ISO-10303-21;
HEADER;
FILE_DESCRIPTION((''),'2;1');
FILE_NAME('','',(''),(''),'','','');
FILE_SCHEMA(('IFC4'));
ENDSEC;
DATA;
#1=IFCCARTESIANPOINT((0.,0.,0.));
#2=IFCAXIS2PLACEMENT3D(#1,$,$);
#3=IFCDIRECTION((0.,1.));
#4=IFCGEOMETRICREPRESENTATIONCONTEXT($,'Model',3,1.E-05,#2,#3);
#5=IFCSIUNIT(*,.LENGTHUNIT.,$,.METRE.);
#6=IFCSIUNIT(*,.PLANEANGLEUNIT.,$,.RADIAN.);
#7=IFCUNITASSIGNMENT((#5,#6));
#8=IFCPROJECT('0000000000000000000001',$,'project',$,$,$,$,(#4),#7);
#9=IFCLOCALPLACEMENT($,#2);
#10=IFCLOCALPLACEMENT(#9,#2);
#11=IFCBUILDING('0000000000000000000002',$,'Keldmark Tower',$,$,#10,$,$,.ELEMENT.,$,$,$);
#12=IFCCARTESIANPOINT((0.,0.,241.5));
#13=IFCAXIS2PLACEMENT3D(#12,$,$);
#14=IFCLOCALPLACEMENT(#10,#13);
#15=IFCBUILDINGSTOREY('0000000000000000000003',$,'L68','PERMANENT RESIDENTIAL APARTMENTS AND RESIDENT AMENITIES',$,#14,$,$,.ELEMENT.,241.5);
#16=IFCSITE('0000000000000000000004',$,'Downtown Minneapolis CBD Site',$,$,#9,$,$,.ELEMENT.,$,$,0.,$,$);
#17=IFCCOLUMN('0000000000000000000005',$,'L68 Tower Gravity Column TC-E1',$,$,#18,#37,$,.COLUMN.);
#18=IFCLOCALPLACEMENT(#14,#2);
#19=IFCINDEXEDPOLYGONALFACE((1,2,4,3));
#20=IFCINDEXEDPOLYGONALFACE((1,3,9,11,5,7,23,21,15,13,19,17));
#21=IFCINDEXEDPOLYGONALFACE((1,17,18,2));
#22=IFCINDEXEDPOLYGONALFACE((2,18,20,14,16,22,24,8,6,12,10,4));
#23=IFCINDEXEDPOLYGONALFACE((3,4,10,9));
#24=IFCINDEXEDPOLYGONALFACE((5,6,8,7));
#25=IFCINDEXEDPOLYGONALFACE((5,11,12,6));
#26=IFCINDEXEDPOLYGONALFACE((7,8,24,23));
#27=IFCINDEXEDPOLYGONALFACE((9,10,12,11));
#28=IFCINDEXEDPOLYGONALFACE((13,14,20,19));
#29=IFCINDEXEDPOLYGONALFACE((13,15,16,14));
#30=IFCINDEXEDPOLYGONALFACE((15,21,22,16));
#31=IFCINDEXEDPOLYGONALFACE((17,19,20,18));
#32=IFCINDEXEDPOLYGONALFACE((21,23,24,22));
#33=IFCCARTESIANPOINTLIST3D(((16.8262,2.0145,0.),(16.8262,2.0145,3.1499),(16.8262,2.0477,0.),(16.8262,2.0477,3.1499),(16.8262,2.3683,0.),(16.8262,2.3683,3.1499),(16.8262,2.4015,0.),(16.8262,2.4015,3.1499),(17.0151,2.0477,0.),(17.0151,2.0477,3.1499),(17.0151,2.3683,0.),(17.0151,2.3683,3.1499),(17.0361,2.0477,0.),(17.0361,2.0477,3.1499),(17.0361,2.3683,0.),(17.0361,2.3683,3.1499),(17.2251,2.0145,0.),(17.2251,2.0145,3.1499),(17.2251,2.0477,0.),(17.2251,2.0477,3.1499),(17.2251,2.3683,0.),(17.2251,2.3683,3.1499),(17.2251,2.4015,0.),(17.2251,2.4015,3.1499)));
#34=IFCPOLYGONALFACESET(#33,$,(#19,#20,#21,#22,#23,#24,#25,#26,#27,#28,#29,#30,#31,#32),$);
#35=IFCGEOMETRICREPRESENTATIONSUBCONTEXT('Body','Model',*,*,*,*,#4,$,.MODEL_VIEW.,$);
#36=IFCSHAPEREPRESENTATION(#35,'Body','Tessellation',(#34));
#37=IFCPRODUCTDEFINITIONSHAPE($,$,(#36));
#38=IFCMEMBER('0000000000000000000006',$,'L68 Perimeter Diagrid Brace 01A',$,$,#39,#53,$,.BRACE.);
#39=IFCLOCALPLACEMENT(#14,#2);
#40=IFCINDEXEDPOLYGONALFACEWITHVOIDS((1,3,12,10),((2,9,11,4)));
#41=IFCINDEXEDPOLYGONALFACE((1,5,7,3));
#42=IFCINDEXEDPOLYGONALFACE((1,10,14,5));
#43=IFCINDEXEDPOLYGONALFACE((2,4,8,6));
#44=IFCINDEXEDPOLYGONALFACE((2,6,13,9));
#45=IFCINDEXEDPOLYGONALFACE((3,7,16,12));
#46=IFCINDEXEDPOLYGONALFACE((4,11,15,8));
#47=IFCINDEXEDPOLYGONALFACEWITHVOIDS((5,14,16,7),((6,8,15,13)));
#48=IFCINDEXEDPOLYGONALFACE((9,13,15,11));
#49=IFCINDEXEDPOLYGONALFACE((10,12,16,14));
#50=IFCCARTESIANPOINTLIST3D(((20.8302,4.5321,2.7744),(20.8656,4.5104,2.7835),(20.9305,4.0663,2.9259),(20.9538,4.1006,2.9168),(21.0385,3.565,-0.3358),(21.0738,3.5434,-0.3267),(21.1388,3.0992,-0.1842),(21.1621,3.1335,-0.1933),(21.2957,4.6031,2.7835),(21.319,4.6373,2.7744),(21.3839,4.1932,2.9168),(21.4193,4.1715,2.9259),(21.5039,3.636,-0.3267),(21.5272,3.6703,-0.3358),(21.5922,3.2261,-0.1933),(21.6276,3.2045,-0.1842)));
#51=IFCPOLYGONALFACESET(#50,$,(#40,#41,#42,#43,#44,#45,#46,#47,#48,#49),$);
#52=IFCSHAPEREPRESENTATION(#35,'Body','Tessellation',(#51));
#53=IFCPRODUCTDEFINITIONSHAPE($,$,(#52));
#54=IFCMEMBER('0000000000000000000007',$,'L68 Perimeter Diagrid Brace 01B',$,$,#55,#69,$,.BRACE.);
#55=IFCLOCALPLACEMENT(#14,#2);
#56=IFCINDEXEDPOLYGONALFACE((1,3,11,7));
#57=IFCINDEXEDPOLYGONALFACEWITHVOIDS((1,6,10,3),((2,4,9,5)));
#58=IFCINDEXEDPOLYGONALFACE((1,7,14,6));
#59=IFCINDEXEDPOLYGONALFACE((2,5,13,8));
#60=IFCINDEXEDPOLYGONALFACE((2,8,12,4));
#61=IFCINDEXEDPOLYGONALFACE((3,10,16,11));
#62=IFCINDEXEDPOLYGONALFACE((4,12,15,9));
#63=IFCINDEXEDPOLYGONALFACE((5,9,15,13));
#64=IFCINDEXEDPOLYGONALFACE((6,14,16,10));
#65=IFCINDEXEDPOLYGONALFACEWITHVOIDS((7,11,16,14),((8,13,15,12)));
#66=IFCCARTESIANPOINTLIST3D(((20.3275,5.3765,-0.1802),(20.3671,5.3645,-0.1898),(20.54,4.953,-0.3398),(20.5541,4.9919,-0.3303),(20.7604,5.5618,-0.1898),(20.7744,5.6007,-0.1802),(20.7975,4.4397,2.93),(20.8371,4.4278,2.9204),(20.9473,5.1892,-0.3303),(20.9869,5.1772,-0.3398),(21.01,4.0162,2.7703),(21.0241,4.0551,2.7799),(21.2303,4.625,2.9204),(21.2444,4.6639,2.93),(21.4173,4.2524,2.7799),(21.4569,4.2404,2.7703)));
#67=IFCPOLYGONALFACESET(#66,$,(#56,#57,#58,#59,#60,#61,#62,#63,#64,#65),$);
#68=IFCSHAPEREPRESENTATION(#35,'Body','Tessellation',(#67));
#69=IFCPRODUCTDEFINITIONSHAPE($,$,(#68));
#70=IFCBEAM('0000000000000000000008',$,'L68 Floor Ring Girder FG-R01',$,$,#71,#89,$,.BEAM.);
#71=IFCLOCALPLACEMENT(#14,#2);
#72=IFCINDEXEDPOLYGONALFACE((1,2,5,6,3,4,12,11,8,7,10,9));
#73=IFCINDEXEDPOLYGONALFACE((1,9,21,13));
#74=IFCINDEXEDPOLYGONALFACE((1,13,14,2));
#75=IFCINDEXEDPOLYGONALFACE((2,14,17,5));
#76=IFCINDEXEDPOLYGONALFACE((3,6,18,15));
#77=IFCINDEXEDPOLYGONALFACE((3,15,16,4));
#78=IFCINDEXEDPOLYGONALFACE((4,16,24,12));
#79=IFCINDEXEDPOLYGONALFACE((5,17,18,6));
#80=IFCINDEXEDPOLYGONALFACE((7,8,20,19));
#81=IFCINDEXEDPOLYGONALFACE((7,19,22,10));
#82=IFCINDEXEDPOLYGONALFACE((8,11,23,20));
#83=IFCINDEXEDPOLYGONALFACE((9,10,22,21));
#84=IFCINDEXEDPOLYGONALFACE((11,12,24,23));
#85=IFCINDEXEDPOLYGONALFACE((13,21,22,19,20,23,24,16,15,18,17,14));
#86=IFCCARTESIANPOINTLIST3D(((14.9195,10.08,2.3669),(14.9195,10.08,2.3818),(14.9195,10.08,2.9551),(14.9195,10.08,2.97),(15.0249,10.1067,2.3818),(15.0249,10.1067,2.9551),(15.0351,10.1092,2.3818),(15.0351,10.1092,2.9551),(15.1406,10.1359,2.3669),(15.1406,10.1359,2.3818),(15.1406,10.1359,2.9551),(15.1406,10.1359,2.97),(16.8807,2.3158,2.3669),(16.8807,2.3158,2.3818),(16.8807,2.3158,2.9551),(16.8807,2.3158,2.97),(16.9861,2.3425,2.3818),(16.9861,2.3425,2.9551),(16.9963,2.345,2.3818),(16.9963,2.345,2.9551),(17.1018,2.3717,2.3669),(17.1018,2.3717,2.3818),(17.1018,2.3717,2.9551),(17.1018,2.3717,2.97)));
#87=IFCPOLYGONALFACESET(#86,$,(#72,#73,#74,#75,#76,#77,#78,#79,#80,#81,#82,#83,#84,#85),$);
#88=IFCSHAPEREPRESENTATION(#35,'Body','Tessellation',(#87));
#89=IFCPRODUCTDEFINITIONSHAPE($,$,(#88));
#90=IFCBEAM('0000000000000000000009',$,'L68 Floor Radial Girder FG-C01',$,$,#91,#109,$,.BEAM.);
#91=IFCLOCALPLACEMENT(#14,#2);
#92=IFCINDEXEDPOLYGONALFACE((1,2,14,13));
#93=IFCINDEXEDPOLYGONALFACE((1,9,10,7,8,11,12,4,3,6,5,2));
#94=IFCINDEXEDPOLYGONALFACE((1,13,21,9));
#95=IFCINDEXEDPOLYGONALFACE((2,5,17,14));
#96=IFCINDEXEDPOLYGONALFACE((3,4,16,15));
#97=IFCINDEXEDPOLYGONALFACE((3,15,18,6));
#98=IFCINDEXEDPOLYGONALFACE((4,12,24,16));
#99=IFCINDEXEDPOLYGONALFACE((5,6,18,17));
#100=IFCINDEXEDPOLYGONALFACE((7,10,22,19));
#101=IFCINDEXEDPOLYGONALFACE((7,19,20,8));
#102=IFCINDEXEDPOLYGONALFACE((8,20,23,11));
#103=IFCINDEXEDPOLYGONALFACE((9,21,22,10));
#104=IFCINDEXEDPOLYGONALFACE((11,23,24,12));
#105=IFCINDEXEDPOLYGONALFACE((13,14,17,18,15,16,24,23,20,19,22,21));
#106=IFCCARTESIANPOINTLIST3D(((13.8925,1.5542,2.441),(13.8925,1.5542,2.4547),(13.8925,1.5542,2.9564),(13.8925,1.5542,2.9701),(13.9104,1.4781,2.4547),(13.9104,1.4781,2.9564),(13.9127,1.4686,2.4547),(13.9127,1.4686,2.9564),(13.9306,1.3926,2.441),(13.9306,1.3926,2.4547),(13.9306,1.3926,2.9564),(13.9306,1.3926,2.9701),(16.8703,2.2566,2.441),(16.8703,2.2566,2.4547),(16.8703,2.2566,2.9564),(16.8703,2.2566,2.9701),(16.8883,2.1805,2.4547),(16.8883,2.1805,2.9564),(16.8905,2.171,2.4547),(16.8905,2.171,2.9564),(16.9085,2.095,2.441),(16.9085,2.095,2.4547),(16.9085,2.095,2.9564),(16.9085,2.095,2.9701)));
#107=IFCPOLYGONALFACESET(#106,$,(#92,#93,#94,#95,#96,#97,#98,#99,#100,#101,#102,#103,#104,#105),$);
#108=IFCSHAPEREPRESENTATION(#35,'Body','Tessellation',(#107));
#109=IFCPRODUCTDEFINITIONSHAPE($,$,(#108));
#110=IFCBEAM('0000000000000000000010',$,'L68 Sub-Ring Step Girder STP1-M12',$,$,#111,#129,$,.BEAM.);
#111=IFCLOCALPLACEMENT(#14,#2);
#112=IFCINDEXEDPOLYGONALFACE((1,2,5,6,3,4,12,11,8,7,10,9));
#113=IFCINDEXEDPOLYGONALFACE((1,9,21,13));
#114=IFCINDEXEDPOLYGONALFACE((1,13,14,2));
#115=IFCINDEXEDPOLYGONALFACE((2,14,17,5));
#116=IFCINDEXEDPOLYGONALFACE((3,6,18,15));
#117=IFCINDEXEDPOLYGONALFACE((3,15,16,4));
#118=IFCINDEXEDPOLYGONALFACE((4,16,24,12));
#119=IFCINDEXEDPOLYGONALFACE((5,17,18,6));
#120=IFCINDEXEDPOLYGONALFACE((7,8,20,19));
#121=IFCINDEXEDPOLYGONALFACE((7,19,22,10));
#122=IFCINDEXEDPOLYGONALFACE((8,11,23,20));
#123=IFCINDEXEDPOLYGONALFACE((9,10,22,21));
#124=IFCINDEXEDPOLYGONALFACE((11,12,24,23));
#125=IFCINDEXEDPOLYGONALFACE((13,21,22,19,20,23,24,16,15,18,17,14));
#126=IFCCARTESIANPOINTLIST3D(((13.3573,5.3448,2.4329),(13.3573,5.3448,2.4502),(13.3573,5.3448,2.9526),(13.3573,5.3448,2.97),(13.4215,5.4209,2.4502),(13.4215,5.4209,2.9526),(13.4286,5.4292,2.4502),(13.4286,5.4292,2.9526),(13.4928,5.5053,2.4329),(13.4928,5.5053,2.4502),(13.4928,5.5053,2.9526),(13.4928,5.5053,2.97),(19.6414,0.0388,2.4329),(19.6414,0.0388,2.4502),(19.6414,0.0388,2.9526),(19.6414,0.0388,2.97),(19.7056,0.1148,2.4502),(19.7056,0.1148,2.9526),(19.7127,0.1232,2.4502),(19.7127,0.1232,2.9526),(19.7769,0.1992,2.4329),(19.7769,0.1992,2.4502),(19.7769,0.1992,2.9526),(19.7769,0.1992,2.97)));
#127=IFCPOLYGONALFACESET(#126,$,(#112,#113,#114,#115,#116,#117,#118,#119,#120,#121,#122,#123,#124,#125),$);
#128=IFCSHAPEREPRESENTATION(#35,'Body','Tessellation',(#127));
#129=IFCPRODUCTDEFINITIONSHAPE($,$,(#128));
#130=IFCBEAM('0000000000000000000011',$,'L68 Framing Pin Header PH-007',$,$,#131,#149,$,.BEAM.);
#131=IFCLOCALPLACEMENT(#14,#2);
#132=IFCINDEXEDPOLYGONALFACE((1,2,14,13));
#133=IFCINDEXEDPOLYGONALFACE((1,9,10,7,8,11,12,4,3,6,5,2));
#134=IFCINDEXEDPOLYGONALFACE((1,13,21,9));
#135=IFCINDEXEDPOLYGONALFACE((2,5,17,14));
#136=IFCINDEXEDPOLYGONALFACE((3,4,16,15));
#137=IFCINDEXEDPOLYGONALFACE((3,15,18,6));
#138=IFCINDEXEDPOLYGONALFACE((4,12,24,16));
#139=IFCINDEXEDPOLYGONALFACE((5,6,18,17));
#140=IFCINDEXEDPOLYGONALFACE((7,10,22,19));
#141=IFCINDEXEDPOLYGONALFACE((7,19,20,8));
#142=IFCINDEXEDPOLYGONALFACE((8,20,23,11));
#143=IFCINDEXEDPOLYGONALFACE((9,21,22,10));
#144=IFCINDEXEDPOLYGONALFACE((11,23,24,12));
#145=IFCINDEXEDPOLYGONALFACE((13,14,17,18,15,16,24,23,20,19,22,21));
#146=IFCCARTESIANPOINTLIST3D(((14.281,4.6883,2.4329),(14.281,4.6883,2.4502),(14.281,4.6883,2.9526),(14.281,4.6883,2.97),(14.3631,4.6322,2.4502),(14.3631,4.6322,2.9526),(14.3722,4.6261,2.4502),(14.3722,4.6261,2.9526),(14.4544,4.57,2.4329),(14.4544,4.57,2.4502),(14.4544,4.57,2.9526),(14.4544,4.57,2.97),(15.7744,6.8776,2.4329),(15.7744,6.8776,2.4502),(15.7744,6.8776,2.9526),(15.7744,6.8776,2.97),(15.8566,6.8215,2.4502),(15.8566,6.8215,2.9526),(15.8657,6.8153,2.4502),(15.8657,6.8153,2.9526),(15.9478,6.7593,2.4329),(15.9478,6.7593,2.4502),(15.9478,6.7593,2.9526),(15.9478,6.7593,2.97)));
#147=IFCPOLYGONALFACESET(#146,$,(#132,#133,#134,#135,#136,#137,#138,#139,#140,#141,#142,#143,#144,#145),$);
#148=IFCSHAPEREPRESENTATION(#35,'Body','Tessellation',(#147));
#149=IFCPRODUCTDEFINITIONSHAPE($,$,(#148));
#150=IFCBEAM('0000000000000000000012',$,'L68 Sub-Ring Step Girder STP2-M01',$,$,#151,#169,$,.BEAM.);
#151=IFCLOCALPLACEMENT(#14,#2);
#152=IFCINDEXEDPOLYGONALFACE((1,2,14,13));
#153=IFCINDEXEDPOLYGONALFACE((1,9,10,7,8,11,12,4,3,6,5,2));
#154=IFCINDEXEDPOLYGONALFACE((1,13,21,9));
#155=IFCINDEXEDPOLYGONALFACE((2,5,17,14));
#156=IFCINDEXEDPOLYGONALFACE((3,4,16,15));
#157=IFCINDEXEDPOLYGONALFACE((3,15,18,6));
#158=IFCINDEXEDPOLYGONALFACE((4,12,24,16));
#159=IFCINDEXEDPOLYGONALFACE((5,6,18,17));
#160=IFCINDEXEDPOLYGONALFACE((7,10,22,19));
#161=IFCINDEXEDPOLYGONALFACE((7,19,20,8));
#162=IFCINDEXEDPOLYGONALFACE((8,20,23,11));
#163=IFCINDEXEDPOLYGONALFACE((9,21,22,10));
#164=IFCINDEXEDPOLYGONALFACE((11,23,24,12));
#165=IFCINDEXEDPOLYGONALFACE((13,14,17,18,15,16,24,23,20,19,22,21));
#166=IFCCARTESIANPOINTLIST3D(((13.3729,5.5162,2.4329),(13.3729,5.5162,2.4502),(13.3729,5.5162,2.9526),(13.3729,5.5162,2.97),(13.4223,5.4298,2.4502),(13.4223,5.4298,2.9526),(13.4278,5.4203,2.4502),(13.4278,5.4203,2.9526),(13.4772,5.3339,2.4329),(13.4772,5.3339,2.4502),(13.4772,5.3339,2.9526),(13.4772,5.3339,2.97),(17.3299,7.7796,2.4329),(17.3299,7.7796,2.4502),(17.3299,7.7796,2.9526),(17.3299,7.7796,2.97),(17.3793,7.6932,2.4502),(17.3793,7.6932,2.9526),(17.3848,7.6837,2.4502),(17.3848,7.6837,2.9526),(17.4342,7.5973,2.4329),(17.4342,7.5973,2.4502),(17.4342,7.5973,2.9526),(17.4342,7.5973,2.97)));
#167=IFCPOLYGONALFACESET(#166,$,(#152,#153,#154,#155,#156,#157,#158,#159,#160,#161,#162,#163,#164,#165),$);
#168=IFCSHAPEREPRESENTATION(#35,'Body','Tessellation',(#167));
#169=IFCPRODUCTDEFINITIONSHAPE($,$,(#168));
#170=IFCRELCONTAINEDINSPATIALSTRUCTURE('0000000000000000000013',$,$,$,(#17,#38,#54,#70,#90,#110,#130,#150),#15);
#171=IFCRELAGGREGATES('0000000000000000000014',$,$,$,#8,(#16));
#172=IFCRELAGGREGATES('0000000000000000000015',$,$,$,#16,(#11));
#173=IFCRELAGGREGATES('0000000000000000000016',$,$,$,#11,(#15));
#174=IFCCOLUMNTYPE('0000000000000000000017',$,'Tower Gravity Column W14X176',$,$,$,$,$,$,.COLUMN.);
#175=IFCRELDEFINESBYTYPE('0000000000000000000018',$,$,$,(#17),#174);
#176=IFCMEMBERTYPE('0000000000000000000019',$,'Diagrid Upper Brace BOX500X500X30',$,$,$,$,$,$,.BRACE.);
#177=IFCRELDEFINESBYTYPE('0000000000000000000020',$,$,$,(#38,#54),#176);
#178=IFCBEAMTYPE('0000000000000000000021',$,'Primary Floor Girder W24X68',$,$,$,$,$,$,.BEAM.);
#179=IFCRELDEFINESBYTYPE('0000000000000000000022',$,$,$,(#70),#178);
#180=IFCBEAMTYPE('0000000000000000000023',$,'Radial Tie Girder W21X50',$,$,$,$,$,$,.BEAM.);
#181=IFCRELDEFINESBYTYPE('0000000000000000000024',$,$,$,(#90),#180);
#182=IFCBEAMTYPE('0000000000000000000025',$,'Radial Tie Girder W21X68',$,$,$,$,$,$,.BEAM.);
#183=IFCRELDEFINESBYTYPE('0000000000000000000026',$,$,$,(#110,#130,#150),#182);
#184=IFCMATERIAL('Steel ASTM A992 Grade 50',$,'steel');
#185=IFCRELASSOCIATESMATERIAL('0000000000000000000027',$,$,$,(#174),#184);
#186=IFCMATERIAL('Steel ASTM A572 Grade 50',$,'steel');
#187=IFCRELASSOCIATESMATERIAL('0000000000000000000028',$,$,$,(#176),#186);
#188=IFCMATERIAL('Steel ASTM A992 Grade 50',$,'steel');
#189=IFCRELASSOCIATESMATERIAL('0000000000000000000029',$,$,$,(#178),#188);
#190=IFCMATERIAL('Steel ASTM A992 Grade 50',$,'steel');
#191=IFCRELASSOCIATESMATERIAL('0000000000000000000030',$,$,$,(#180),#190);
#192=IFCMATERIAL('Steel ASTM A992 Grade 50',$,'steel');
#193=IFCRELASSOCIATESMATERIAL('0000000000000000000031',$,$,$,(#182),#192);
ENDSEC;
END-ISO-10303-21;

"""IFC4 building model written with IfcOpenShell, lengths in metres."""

from ifc_helpers import new_model, si_unit, direction, frame, origin, origin_2d, place, context, subcontext, project, spatial, hollow_rectangle, i_section, extrude, material, material_profile, profile_set, type_object, element, save


model = new_model("IFC4")

# Units and contexts
model_context = context("Model", 3, precision=1e-05, world=origin(), true_north=direction((0.0, 1.0)))
body_context = subcontext(model_context, "Body", "Model", "MODEL_VIEW")
ifc_project = project(units=[si_unit("LENGTHUNIT", "METRE"), si_unit("PLANEANGLEUNIT", "RADIAN")], contexts=[model_context])

# Site, building, storey
site_placement = place(None, origin())
site = spatial("IfcSite", under=ifc_project, at=site_placement, Name="Downtown Minneapolis CBD Site", CompositionType="ELEMENT", RefElevation=0.0)
building_placement = place(site_placement, origin())
building = spatial("IfcBuilding", under=site, at=building_placement, Name="Keldmark Tower", CompositionType="ELEMENT")
storey_placement = place(building_placement, frame((0.0, 0.0, 241.5)))
storey = spatial("IfcBuildingStorey", under=building, at=storey_placement, Name="L68", Description="PERMANENT RESIDENTIAL APARTMENTS AND RESIDENT AMENITIES", CompositionType="ELEMENT", Elevation=241.5)

# Column
ifc_material_1 = material(Name="Steel ASTM A992 Grade 50", Category="steel")
ifc_material_profile_1 = material_profile(ifc_material_1, i_section(OverallWidth=0.3989, OverallDepth=0.387, WebThickness=0.021, FlangeThickness=0.0332, at=origin_2d()), Name="W14X176")
ifc_profile_set_1 = profile_set([ifc_material_profile_1], Name="Steel ASTM A992 Grade 50")
column_type = type_object("IfcColumnType", Name="Tower Gravity Column W14X176", PredefinedType="COLUMN", material=ifc_profile_set_1)
column_placement = place(storey_placement, frame((17.0256, 2.208, 0.0), z_axis=(0.0, 0.0, 1.0), x_axis=(1.0, 0.0, 0.0)))
element("IfcColumn", 1, at=column_placement, inside=storey, type_object=column_type, Name="L68 Tower Gravity Column TC-E1", PredefinedType="COLUMN", context=body_context, shape_type="SweptSolid", body=[
    extrude(i_section(OverallWidth=0.3989, OverallDepth=0.387, WebThickness=0.021, FlangeThickness=0.0332, at=origin_2d()), origin(), (0.0, 0.0, 1.0), 3.1499),
])

# Members
ifc_material_2 = material(Name="Steel ASTM A572 Grade 50", Category="steel")
ifc_material_profile_2 = material_profile(ifc_material_2, hollow_rectangle(XDim=0.5, YDim=0.5, WallThickness=0.03, at=origin_2d()), Name="BOX500X500X30")
ifc_profile_set_2 = profile_set([ifc_material_profile_2], Name="Steel ASTM A572 Grade 50")
member_type = type_object("IfcMemberType", Name="Diagrid Upper Brace BOX500X500X30", PredefinedType="BRACE", material=ifc_profile_set_2)
member_1_placement = place(storey_placement, frame((21.333, 3.3848, -0.26), z_axis=(-0.06381, 0.296308, 0.952958), x_axis=(-0.977589, -0.210523, 0.0)))
element("IfcMember", 2, at=member_1_placement, inside=storey, type_object=member_type, Name="L68 Perimeter Diagrid Brace 01A", PredefinedType="BRACE", context=body_context, shape_type="SweptSolid", body=[
    extrude(hollow_rectangle(XDim=0.5, YDim=0.5, WallThickness=0.03, at=origin_2d()), origin(), (0.0, 0.0, 1.0), 3.2637),
])
member_2_placement = place(storey_placement, frame((20.6572, 5.2769, -0.26), z_axis=(0.143199, -0.28543, 0.947641), x_axis=(0.893821, 0.448425, 0.0)))
element("IfcMember", 3, at=member_2_placement, inside=storey, type_object=member_type, Name="L68 Perimeter Diagrid Brace 01B", PredefinedType="BRACE", context=body_context, shape_type="SweptSolid", body=[
    extrude(hollow_rectangle(XDim=0.5, YDim=0.5, WallThickness=0.03, at=origin_2d()), origin(), (0.0, 0.0, 1.0), 3.282),
])

# Beams
ifc_material_3 = material(Name="Steel ASTM A992 Grade 50", Category="steel")
ifc_material_profile_3 = material_profile(ifc_material_3, i_section(OverallWidth=0.228, OverallDepth=0.603, WebThickness=0.0105, FlangeThickness=0.0149, at=origin_2d()), Name="W24X68")
ifc_profile_set_3 = profile_set([ifc_material_profile_3], Name="Steel ASTM A992 Grade 50")
beam_type_1 = type_object("IfcBeamType", Name="Primary Floor Girder W24X68", PredefinedType="BEAM", material=ifc_profile_set_3)
beam_1_placement = place(storey_placement, frame((16.9912, 2.3438, 2.6685), z_axis=(-0.244902, 0.969548, 0.0), x_axis=(-0.969548, -0.244902, 0.0)))
element("IfcBeam", 4, at=beam_1_placement, inside=storey, type_object=beam_type_1, Name="L68 Floor Ring Girder FG-R01", PredefinedType="BEAM", context=body_context, shape_type="SweptSolid", body=[
    extrude(i_section(OverallWidth=0.228, OverallDepth=0.603, WebThickness=0.0105, FlangeThickness=0.0149, at=origin_2d()), origin(), (0.0, 0.0, 1.0), 8.0081),
])
ifc_material_4 = material(Name="Steel ASTM A992 Grade 50", Category="steel")
ifc_material_profile_4 = material_profile(ifc_material_4, i_section(OverallWidth=0.166, OverallDepth=0.5291, WebThickness=0.0098, FlangeThickness=0.0137, at=origin_2d()), Name="W21X50")
ifc_profile_set_4 = profile_set([ifc_material_profile_4], Name="Steel ASTM A992 Grade 50")
beam_type_2 = type_object("IfcBeamType", Name="Radial Tie Girder W21X50", PredefinedType="BEAM", material=ifc_profile_set_4)
beam_2_placement = place(storey_placement, frame((16.8894, 2.1758, 2.7056), z_axis=(-0.97329, -0.229577, 0.0), x_axis=(0.229577, -0.97329, 0.0)))
element("IfcBeam", 5, at=beam_2_placement, inside=storey, type_object=beam_type_2, Name="L68 Floor Radial Girder FG-C01", PredefinedType="BEAM", context=body_context, shape_type="SweptSolid", body=[
    extrude(i_section(OverallWidth=0.166, OverallDepth=0.5291, WebThickness=0.0098, FlangeThickness=0.0137, at=origin_2d()), origin(), (0.0, 0.0, 1.0), 3.0596),
])
ifc_material_5 = material(Name="Steel ASTM A992 Grade 50", Category="steel")
ifc_material_profile_5 = material_profile(ifc_material_5, i_section(OverallWidth=0.21, OverallDepth=0.5371, WebThickness=0.011, FlangeThickness=0.0173, at=origin_2d()), Name="W21X68")
ifc_profile_set_5 = profile_set([ifc_material_profile_5], Name="Steel ASTM A992 Grade 50")
beam_type_3 = type_object("IfcBeamType", Name="Radial Tie Girder W21X68", PredefinedType="BEAM", material=ifc_profile_set_5)
beam_3_placement = place(storey_placement, frame((13.425, 5.425, 2.7014), z_axis=(0.764059, -0.645146, 0.0), x_axis=(0.645146, 0.764059, 0.0)))
element("IfcBeam", 6, at=beam_3_placement, inside=storey, type_object=beam_type_3, Name="L68 Sub-Ring Step Girder STP1-M12", PredefinedType="BEAM", context=body_context, shape_type="SweptSolid", body=[
    extrude(i_section(OverallWidth=0.21, OverallDepth=0.5371, WebThickness=0.011, FlangeThickness=0.0173, at=origin_2d()), origin(), (0.0, 0.0, 1.0), 8.2246),
])
beam_4_placement = place(storey_placement, frame((14.3677, 4.6292, 2.7014), z_axis=(0.563534, 0.826093, 0.0), x_axis=(-0.826093, 0.563534, 0.0)))
element("IfcBeam", 7, at=beam_4_placement, inside=storey, type_object=beam_type_3, Name="L68 Framing Pin Header PH-007", PredefinedType="BEAM", context=body_context, shape_type="SweptSolid", body=[
    extrude(i_section(OverallWidth=0.21, OverallDepth=0.5371, WebThickness=0.011, FlangeThickness=0.0173, at=origin_2d()), origin(), (0.0, 0.0, 1.0), 2.6501),
])
beam_5_placement = place(storey_placement, frame((13.425, 5.425, 2.7014), z_axis=(0.868029, 0.496514, 0.0), x_axis=(-0.496514, 0.868029, 0.0)))
element("IfcBeam", 8, at=beam_5_placement, inside=storey, type_object=beam_type_3, Name="L68 Sub-Ring Step Girder STP2-M01", PredefinedType="BEAM", context=body_context, shape_type="SweptSolid", body=[
    extrude(i_section(OverallWidth=0.21, OverallDepth=0.5371, WebThickness=0.011, FlangeThickness=0.0173, at=origin_2d()), origin(), (0.0, 0.0, 1.0), 4.5586),
])

save(model, "model.ifc")
